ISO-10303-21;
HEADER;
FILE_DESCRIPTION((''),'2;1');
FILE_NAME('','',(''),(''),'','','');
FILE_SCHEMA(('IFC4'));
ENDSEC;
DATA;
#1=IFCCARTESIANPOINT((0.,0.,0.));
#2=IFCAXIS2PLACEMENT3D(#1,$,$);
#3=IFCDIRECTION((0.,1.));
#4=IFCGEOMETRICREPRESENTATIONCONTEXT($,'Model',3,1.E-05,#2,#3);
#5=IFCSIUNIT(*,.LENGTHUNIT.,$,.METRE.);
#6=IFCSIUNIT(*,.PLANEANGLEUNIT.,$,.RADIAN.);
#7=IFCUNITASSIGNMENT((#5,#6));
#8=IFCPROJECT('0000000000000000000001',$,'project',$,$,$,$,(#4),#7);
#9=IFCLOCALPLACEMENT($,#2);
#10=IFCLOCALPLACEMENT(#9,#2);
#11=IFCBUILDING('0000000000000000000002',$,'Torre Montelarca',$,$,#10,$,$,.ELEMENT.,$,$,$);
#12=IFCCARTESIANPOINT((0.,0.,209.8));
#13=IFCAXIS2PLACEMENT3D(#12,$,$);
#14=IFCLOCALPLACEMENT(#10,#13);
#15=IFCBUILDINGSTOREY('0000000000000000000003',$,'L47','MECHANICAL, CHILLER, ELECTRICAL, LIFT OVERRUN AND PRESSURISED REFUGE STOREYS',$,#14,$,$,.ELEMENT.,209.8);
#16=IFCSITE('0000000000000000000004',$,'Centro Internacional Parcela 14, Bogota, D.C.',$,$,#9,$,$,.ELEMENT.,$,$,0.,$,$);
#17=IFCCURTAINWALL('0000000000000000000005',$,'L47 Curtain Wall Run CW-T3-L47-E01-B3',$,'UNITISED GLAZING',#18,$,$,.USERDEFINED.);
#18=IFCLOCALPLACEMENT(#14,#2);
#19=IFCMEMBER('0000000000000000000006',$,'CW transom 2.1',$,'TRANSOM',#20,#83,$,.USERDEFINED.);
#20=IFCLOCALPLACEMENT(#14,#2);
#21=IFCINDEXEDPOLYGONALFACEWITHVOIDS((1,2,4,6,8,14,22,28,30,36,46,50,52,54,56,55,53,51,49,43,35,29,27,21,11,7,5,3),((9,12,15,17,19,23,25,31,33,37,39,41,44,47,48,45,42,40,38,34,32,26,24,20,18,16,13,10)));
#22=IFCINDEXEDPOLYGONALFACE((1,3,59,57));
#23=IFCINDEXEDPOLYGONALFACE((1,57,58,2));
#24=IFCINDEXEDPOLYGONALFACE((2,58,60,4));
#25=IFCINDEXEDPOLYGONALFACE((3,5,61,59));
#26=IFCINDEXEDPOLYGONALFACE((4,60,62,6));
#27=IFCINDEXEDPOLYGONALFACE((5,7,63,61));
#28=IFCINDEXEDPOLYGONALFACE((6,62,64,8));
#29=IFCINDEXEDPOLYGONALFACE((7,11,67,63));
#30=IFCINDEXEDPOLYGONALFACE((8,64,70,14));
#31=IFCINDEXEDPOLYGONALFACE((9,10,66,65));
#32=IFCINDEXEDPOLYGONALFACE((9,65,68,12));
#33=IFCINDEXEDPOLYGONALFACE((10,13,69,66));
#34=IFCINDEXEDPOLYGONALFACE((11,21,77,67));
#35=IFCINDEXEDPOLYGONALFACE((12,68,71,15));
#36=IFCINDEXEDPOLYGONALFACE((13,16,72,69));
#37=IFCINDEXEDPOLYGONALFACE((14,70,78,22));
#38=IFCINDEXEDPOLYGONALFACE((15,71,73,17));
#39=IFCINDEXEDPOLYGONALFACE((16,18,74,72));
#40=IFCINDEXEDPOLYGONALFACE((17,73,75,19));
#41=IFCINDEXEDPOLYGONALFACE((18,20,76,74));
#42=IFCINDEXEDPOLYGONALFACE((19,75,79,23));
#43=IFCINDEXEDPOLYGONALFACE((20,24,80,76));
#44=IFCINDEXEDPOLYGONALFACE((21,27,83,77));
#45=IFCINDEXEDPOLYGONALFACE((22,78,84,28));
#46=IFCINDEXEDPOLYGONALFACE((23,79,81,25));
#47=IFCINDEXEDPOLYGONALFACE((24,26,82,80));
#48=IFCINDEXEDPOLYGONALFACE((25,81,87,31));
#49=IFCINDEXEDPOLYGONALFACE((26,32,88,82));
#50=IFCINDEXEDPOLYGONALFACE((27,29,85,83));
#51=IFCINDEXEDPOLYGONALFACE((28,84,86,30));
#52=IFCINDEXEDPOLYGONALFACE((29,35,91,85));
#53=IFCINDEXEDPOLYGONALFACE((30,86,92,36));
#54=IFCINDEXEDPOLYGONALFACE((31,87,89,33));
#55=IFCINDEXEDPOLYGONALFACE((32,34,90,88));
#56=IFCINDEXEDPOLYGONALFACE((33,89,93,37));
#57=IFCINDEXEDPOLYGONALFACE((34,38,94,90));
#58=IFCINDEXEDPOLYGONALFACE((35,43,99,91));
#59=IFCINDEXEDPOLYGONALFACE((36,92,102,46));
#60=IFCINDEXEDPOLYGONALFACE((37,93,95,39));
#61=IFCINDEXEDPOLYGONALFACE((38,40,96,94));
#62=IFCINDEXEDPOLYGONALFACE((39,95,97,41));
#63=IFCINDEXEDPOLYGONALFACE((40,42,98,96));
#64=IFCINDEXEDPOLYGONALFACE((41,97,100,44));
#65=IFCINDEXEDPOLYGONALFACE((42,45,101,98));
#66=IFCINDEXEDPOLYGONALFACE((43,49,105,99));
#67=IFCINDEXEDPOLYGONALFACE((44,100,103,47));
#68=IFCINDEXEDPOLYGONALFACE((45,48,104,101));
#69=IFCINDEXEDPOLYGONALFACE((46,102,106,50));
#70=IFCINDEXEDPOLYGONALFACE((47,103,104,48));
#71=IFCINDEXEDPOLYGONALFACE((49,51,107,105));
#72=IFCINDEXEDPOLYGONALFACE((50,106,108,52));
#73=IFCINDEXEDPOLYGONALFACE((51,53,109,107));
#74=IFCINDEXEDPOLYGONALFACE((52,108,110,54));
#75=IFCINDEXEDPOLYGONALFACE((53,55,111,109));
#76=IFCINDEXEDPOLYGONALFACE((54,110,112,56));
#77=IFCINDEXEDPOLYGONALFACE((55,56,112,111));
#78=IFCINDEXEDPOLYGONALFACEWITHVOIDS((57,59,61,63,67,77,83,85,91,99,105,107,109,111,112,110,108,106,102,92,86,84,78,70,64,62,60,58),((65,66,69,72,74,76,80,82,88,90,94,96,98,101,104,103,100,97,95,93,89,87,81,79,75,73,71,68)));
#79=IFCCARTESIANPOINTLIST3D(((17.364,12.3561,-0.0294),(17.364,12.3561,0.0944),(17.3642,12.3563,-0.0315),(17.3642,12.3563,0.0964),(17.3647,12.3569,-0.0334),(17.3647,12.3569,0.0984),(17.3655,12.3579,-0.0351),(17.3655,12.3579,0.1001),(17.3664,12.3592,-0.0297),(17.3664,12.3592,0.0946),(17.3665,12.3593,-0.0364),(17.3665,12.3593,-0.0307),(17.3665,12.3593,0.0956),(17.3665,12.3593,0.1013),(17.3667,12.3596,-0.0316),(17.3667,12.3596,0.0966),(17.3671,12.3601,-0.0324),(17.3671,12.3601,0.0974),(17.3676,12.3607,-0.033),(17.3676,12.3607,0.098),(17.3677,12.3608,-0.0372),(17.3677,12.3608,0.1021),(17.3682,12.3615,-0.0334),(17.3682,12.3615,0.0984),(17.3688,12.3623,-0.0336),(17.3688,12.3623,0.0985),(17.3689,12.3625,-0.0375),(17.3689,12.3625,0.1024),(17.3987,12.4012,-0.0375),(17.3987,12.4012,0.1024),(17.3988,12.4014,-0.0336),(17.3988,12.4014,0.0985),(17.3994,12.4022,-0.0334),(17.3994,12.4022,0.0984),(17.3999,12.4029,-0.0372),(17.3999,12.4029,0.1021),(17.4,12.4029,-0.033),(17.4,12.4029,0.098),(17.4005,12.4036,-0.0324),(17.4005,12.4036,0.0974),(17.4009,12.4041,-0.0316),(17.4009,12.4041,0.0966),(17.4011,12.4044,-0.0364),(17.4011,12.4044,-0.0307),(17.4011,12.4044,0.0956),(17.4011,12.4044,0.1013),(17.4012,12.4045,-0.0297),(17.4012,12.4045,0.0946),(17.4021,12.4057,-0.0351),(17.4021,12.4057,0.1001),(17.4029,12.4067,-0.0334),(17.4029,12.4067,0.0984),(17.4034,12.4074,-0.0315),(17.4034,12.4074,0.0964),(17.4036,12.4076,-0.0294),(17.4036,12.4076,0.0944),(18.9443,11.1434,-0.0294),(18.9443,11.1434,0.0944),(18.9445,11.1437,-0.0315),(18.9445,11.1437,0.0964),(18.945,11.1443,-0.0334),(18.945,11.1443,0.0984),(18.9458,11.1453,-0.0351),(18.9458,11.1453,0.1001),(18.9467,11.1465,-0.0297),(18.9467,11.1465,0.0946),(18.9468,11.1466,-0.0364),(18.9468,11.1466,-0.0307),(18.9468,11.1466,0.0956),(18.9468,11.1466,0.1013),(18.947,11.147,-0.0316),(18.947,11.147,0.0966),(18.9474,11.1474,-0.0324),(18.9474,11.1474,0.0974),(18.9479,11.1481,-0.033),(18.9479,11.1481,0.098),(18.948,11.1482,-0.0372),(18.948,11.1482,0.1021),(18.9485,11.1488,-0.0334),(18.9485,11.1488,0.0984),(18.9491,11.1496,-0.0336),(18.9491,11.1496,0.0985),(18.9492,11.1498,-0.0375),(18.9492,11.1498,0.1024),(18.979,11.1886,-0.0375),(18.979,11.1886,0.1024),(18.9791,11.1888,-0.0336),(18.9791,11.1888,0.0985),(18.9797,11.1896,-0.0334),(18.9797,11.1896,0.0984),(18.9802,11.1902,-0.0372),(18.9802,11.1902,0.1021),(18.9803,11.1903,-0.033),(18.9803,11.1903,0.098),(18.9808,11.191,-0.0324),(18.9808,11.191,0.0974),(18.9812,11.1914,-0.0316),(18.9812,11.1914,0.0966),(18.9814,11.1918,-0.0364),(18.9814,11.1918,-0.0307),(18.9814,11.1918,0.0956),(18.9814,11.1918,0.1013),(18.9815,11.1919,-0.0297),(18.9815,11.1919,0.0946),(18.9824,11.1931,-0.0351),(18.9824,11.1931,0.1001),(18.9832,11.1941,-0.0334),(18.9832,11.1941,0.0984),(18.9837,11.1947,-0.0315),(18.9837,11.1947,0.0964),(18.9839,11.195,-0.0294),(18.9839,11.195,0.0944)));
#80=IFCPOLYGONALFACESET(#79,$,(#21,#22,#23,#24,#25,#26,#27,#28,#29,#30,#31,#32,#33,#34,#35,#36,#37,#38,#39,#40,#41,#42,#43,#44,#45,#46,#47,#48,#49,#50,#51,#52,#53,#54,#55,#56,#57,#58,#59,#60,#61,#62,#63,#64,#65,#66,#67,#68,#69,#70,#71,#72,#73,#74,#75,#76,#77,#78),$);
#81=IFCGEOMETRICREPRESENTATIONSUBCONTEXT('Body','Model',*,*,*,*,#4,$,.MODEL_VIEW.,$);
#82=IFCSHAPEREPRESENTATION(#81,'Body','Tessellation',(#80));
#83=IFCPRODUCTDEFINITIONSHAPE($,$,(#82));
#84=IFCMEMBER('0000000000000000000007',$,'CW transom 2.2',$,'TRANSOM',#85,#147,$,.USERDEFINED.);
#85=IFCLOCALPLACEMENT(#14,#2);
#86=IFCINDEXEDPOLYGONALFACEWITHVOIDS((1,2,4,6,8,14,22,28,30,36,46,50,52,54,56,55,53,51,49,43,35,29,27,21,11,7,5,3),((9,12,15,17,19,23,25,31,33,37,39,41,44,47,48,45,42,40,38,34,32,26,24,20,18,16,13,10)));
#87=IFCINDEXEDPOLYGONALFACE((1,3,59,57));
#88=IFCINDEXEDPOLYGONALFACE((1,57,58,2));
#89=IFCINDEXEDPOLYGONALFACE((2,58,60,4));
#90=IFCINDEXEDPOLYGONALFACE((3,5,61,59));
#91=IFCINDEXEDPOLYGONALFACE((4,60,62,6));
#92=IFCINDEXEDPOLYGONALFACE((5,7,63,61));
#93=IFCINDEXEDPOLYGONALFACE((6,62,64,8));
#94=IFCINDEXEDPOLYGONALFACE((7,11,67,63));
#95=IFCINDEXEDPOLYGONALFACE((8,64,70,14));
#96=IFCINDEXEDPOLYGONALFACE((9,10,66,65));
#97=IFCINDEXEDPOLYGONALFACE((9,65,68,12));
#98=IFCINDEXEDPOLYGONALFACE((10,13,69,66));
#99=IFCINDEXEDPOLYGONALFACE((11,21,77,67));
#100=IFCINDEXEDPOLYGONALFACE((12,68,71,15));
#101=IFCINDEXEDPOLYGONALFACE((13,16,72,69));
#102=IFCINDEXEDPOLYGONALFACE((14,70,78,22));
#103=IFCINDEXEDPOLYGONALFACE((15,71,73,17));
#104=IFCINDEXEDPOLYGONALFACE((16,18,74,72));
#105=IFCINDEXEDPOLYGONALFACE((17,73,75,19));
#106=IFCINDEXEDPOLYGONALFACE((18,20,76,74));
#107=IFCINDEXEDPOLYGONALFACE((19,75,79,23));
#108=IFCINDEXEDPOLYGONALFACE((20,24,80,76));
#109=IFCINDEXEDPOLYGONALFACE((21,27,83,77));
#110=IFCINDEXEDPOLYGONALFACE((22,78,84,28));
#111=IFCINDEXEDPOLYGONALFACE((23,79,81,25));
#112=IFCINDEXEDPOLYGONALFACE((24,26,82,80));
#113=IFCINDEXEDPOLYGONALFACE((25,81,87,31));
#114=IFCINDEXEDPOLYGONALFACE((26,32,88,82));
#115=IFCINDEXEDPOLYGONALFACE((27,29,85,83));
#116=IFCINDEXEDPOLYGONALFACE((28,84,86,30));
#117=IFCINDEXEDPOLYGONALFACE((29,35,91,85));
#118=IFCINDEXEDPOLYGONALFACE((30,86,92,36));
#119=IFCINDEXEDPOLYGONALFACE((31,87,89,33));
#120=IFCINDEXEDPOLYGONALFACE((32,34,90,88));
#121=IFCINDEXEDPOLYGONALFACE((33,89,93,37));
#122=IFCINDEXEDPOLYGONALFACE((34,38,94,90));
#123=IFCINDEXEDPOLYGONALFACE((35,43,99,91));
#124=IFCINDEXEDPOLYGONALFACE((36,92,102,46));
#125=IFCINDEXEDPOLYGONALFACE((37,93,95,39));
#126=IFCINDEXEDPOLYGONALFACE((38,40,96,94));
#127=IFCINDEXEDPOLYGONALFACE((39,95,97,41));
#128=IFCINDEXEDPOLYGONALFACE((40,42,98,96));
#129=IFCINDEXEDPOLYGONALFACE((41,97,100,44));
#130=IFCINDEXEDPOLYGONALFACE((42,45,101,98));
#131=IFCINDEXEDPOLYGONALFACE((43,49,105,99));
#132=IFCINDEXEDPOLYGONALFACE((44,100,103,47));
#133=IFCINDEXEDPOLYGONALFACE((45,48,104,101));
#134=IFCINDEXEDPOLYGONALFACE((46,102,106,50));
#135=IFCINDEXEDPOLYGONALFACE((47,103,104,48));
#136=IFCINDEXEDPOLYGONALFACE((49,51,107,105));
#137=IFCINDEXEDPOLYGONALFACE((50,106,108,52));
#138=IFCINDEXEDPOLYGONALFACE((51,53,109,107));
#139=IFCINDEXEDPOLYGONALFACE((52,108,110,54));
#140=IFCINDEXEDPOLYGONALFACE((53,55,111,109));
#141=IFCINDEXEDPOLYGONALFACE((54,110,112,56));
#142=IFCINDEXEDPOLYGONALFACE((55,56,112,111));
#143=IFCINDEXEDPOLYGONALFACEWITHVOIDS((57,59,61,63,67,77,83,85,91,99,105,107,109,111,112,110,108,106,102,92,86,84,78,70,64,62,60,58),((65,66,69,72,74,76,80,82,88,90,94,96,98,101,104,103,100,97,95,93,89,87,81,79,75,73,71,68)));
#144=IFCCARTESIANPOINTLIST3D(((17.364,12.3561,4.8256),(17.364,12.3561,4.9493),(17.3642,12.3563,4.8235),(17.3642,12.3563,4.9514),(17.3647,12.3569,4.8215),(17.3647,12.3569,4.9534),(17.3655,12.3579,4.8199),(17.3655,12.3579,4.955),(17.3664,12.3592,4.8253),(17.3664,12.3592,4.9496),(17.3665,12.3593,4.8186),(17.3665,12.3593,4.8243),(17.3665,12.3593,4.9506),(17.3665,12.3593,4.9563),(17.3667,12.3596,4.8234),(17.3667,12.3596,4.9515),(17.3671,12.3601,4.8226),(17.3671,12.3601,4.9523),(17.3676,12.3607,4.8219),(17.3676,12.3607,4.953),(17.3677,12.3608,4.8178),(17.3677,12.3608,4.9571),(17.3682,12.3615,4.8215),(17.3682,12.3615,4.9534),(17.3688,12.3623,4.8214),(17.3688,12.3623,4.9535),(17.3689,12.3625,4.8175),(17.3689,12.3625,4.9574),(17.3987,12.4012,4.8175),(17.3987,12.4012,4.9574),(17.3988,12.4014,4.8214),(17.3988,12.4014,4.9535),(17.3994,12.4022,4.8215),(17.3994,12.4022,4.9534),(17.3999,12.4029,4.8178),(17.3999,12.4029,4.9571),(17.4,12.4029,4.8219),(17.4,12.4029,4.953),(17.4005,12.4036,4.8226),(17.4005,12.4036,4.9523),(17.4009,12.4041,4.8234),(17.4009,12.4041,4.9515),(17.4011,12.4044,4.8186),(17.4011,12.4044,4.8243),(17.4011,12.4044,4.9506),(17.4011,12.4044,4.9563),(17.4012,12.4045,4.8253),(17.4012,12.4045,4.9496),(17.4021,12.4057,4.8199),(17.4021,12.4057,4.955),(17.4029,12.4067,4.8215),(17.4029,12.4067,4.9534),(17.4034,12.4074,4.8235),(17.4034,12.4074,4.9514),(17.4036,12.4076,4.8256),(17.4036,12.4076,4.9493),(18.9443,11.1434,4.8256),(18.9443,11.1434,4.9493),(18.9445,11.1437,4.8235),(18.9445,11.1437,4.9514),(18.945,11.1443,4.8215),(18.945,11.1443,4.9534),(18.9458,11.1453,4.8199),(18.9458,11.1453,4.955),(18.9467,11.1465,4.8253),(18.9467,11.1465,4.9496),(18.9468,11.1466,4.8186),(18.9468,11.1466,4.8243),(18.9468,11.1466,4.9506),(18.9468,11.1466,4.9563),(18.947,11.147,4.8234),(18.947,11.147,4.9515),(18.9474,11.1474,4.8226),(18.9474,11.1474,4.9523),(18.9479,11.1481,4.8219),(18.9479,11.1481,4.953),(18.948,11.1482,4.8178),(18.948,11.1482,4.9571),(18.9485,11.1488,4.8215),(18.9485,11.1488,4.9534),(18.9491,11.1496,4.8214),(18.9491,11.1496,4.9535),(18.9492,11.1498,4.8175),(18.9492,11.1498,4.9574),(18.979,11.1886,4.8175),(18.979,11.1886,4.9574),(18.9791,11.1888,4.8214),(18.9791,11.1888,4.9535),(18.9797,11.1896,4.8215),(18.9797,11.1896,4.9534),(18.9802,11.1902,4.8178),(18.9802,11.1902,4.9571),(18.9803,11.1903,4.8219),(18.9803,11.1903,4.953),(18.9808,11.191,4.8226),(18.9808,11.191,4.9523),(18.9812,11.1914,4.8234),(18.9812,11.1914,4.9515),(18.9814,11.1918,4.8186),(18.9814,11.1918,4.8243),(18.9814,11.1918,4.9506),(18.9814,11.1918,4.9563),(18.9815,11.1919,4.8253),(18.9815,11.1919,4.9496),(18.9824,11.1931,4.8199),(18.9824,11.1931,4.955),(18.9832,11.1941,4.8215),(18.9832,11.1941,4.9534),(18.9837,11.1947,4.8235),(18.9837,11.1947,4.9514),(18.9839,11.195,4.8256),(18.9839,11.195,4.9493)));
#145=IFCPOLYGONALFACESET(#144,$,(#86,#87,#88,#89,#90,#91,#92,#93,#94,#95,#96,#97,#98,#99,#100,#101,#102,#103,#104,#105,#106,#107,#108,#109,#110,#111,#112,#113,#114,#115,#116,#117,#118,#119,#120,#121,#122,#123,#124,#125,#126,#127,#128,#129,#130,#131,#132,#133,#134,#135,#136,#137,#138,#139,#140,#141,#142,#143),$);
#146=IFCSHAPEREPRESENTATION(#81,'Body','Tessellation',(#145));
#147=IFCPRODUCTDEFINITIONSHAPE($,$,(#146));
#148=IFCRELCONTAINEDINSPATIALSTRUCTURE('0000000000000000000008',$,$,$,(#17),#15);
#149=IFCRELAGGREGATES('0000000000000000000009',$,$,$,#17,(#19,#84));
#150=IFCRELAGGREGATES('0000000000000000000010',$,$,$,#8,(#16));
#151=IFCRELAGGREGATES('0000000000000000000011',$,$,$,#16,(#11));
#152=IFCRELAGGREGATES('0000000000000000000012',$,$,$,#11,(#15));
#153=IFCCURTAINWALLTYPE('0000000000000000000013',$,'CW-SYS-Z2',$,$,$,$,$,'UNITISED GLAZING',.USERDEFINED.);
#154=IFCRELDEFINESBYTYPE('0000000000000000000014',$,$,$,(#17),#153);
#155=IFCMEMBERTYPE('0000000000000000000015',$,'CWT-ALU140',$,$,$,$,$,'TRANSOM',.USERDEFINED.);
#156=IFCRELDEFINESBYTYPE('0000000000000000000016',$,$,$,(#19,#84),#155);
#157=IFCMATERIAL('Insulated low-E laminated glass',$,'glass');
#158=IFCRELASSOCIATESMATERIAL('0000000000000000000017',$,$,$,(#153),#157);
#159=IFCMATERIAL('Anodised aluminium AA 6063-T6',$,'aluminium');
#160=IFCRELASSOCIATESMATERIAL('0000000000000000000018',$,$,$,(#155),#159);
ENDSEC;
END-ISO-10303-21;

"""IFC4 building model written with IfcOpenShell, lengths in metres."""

from ifc_helpers import new_model, si_unit, direction, frame, origin, origin_2d, place, context, subcontext, project, spatial, hollow_rectangle, extrude, source, transform, mapped, material, material_profile, profile_set, type_object, element, aggregate, save


model = new_model("IFC4")

# Units and contexts
model_context = context("Model", 3, precision=1e-05, world=origin(), true_north=direction((0.0, 1.0)))
body_context = subcontext(model_context, "Body", "Model", "MODEL_VIEW")
ifc_project = project(units=[si_unit("LENGTHUNIT", "METRE"), si_unit("PLANEANGLEUNIT", "RADIAN")], contexts=[model_context])

# Site, building, storey
site_placement = place(None, origin())
site = spatial("IfcSite", under=ifc_project, at=site_placement, Name="Centro Internacional Parcela 14, Bogota, D.C.", CompositionType="ELEMENT", RefElevation=0.0)
building_placement = place(site_placement, origin())
building = spatial("IfcBuilding", under=site, at=building_placement, Name="Torre Montelarca", CompositionType="ELEMENT")
storey_placement = place(building_placement, frame((0.0, 0.0, 209.8)))
storey = spatial("IfcBuildingStorey", under=building, at=storey_placement, Name="L47", Description="MECHANICAL, CHILLER, ELECTRICAL, LIFT OVERRUN AND PRESSURISED REFUGE STOREYS", CompositionType="ELEMENT", Elevation=209.8)

# Curtain wall
ifc_material_1 = material(Name="Insulated low-E laminated glass", Category="glass")
curtain_wall_type = type_object("IfcCurtainWallType", Name="CW-SYS-Z2", ElementType="UNITISED GLAZING", PredefinedType="USERDEFINED", material=ifc_material_1)
ifc_material_2 = material(Name="Anodised aluminium AA 6063-T6", Category="aluminium")
ifc_material_profile_1 = material_profile(ifc_material_2, hollow_rectangle(XDim=0.0649, YDim=0.1399, WallThickness=0.0039, InnerFilletRadius=0.0039, OuterFilletRadius=0.0081, at=origin_2d()), Name="ALU65X140X4", Category="aluminium")
ifc_profile_set_1 = profile_set([ifc_material_profile_1], Name="Anodised aluminium AA 6063-T6")
member_type_1 = type_object("IfcMemberType", Name="CWT-ALU140", ElementType="TRANSOM", PredefinedType="USERDEFINED", material=ifc_profile_set_1)
curtain_wall_1_placement = place(storey_placement, origin())
curtain_wall_1 = element("IfcCurtainWall", 1, at=curtain_wall_1_placement, inside=storey, type_object=curtain_wall_type, Name="L47 Curtain Wall Run CW-T3-L47-E01-B3", ObjectType="UNITISED GLAZING", PredefinedType="USERDEFINED")

# Members
shared_shape_1 = source(origin(), body_context, "Body", "SweptSolid", [
    extrude(hollow_rectangle(XDim=0.0649, YDim=0.1399, WallThickness=0.0039, InnerFilletRadius=0.0039, OuterFilletRadius=0.0081, at=origin_2d()), origin(), (0.0, 0.0, 1.0), 1.9919),
])
member_1_placement = place(storey_placement, frame((17.3838, 12.3818, 0.0325), z_axis=(0.793348, -0.608769, 0.0), x_axis=(0.608769, 0.793348, 0.0)))
member_1 = element("IfcMember", 2, at=member_1_placement, type_object=member_type_1, Name="CW transom 2.1", ObjectType="TRANSOM", PredefinedType="USERDEFINED", context=body_context, shape_type="MappedRepresentation", body=[
    mapped(shared_shape_1, transform((0.0, 0.0, 0.0), scale=1.0)),
])
member_2_placement = place(storey_placement, frame((17.3838, 12.3818, 4.8875), z_axis=(0.793348, -0.608769, 0.0), x_axis=(0.608769, 0.793348, 0.0)))
member_2 = element("IfcMember", 3, at=member_2_placement, type_object=member_type_1, Name="CW transom 2.2", ObjectType="TRANSOM", PredefinedType="USERDEFINED", context=body_context, shape_type="MappedRepresentation", body=[
    mapped(shared_shape_1, transform((0.0, 0.0, 0.0), scale=1.0)),
])

aggregate(curtain_wall_1, [member_1, member_2])

save(model, "model.ifc")
